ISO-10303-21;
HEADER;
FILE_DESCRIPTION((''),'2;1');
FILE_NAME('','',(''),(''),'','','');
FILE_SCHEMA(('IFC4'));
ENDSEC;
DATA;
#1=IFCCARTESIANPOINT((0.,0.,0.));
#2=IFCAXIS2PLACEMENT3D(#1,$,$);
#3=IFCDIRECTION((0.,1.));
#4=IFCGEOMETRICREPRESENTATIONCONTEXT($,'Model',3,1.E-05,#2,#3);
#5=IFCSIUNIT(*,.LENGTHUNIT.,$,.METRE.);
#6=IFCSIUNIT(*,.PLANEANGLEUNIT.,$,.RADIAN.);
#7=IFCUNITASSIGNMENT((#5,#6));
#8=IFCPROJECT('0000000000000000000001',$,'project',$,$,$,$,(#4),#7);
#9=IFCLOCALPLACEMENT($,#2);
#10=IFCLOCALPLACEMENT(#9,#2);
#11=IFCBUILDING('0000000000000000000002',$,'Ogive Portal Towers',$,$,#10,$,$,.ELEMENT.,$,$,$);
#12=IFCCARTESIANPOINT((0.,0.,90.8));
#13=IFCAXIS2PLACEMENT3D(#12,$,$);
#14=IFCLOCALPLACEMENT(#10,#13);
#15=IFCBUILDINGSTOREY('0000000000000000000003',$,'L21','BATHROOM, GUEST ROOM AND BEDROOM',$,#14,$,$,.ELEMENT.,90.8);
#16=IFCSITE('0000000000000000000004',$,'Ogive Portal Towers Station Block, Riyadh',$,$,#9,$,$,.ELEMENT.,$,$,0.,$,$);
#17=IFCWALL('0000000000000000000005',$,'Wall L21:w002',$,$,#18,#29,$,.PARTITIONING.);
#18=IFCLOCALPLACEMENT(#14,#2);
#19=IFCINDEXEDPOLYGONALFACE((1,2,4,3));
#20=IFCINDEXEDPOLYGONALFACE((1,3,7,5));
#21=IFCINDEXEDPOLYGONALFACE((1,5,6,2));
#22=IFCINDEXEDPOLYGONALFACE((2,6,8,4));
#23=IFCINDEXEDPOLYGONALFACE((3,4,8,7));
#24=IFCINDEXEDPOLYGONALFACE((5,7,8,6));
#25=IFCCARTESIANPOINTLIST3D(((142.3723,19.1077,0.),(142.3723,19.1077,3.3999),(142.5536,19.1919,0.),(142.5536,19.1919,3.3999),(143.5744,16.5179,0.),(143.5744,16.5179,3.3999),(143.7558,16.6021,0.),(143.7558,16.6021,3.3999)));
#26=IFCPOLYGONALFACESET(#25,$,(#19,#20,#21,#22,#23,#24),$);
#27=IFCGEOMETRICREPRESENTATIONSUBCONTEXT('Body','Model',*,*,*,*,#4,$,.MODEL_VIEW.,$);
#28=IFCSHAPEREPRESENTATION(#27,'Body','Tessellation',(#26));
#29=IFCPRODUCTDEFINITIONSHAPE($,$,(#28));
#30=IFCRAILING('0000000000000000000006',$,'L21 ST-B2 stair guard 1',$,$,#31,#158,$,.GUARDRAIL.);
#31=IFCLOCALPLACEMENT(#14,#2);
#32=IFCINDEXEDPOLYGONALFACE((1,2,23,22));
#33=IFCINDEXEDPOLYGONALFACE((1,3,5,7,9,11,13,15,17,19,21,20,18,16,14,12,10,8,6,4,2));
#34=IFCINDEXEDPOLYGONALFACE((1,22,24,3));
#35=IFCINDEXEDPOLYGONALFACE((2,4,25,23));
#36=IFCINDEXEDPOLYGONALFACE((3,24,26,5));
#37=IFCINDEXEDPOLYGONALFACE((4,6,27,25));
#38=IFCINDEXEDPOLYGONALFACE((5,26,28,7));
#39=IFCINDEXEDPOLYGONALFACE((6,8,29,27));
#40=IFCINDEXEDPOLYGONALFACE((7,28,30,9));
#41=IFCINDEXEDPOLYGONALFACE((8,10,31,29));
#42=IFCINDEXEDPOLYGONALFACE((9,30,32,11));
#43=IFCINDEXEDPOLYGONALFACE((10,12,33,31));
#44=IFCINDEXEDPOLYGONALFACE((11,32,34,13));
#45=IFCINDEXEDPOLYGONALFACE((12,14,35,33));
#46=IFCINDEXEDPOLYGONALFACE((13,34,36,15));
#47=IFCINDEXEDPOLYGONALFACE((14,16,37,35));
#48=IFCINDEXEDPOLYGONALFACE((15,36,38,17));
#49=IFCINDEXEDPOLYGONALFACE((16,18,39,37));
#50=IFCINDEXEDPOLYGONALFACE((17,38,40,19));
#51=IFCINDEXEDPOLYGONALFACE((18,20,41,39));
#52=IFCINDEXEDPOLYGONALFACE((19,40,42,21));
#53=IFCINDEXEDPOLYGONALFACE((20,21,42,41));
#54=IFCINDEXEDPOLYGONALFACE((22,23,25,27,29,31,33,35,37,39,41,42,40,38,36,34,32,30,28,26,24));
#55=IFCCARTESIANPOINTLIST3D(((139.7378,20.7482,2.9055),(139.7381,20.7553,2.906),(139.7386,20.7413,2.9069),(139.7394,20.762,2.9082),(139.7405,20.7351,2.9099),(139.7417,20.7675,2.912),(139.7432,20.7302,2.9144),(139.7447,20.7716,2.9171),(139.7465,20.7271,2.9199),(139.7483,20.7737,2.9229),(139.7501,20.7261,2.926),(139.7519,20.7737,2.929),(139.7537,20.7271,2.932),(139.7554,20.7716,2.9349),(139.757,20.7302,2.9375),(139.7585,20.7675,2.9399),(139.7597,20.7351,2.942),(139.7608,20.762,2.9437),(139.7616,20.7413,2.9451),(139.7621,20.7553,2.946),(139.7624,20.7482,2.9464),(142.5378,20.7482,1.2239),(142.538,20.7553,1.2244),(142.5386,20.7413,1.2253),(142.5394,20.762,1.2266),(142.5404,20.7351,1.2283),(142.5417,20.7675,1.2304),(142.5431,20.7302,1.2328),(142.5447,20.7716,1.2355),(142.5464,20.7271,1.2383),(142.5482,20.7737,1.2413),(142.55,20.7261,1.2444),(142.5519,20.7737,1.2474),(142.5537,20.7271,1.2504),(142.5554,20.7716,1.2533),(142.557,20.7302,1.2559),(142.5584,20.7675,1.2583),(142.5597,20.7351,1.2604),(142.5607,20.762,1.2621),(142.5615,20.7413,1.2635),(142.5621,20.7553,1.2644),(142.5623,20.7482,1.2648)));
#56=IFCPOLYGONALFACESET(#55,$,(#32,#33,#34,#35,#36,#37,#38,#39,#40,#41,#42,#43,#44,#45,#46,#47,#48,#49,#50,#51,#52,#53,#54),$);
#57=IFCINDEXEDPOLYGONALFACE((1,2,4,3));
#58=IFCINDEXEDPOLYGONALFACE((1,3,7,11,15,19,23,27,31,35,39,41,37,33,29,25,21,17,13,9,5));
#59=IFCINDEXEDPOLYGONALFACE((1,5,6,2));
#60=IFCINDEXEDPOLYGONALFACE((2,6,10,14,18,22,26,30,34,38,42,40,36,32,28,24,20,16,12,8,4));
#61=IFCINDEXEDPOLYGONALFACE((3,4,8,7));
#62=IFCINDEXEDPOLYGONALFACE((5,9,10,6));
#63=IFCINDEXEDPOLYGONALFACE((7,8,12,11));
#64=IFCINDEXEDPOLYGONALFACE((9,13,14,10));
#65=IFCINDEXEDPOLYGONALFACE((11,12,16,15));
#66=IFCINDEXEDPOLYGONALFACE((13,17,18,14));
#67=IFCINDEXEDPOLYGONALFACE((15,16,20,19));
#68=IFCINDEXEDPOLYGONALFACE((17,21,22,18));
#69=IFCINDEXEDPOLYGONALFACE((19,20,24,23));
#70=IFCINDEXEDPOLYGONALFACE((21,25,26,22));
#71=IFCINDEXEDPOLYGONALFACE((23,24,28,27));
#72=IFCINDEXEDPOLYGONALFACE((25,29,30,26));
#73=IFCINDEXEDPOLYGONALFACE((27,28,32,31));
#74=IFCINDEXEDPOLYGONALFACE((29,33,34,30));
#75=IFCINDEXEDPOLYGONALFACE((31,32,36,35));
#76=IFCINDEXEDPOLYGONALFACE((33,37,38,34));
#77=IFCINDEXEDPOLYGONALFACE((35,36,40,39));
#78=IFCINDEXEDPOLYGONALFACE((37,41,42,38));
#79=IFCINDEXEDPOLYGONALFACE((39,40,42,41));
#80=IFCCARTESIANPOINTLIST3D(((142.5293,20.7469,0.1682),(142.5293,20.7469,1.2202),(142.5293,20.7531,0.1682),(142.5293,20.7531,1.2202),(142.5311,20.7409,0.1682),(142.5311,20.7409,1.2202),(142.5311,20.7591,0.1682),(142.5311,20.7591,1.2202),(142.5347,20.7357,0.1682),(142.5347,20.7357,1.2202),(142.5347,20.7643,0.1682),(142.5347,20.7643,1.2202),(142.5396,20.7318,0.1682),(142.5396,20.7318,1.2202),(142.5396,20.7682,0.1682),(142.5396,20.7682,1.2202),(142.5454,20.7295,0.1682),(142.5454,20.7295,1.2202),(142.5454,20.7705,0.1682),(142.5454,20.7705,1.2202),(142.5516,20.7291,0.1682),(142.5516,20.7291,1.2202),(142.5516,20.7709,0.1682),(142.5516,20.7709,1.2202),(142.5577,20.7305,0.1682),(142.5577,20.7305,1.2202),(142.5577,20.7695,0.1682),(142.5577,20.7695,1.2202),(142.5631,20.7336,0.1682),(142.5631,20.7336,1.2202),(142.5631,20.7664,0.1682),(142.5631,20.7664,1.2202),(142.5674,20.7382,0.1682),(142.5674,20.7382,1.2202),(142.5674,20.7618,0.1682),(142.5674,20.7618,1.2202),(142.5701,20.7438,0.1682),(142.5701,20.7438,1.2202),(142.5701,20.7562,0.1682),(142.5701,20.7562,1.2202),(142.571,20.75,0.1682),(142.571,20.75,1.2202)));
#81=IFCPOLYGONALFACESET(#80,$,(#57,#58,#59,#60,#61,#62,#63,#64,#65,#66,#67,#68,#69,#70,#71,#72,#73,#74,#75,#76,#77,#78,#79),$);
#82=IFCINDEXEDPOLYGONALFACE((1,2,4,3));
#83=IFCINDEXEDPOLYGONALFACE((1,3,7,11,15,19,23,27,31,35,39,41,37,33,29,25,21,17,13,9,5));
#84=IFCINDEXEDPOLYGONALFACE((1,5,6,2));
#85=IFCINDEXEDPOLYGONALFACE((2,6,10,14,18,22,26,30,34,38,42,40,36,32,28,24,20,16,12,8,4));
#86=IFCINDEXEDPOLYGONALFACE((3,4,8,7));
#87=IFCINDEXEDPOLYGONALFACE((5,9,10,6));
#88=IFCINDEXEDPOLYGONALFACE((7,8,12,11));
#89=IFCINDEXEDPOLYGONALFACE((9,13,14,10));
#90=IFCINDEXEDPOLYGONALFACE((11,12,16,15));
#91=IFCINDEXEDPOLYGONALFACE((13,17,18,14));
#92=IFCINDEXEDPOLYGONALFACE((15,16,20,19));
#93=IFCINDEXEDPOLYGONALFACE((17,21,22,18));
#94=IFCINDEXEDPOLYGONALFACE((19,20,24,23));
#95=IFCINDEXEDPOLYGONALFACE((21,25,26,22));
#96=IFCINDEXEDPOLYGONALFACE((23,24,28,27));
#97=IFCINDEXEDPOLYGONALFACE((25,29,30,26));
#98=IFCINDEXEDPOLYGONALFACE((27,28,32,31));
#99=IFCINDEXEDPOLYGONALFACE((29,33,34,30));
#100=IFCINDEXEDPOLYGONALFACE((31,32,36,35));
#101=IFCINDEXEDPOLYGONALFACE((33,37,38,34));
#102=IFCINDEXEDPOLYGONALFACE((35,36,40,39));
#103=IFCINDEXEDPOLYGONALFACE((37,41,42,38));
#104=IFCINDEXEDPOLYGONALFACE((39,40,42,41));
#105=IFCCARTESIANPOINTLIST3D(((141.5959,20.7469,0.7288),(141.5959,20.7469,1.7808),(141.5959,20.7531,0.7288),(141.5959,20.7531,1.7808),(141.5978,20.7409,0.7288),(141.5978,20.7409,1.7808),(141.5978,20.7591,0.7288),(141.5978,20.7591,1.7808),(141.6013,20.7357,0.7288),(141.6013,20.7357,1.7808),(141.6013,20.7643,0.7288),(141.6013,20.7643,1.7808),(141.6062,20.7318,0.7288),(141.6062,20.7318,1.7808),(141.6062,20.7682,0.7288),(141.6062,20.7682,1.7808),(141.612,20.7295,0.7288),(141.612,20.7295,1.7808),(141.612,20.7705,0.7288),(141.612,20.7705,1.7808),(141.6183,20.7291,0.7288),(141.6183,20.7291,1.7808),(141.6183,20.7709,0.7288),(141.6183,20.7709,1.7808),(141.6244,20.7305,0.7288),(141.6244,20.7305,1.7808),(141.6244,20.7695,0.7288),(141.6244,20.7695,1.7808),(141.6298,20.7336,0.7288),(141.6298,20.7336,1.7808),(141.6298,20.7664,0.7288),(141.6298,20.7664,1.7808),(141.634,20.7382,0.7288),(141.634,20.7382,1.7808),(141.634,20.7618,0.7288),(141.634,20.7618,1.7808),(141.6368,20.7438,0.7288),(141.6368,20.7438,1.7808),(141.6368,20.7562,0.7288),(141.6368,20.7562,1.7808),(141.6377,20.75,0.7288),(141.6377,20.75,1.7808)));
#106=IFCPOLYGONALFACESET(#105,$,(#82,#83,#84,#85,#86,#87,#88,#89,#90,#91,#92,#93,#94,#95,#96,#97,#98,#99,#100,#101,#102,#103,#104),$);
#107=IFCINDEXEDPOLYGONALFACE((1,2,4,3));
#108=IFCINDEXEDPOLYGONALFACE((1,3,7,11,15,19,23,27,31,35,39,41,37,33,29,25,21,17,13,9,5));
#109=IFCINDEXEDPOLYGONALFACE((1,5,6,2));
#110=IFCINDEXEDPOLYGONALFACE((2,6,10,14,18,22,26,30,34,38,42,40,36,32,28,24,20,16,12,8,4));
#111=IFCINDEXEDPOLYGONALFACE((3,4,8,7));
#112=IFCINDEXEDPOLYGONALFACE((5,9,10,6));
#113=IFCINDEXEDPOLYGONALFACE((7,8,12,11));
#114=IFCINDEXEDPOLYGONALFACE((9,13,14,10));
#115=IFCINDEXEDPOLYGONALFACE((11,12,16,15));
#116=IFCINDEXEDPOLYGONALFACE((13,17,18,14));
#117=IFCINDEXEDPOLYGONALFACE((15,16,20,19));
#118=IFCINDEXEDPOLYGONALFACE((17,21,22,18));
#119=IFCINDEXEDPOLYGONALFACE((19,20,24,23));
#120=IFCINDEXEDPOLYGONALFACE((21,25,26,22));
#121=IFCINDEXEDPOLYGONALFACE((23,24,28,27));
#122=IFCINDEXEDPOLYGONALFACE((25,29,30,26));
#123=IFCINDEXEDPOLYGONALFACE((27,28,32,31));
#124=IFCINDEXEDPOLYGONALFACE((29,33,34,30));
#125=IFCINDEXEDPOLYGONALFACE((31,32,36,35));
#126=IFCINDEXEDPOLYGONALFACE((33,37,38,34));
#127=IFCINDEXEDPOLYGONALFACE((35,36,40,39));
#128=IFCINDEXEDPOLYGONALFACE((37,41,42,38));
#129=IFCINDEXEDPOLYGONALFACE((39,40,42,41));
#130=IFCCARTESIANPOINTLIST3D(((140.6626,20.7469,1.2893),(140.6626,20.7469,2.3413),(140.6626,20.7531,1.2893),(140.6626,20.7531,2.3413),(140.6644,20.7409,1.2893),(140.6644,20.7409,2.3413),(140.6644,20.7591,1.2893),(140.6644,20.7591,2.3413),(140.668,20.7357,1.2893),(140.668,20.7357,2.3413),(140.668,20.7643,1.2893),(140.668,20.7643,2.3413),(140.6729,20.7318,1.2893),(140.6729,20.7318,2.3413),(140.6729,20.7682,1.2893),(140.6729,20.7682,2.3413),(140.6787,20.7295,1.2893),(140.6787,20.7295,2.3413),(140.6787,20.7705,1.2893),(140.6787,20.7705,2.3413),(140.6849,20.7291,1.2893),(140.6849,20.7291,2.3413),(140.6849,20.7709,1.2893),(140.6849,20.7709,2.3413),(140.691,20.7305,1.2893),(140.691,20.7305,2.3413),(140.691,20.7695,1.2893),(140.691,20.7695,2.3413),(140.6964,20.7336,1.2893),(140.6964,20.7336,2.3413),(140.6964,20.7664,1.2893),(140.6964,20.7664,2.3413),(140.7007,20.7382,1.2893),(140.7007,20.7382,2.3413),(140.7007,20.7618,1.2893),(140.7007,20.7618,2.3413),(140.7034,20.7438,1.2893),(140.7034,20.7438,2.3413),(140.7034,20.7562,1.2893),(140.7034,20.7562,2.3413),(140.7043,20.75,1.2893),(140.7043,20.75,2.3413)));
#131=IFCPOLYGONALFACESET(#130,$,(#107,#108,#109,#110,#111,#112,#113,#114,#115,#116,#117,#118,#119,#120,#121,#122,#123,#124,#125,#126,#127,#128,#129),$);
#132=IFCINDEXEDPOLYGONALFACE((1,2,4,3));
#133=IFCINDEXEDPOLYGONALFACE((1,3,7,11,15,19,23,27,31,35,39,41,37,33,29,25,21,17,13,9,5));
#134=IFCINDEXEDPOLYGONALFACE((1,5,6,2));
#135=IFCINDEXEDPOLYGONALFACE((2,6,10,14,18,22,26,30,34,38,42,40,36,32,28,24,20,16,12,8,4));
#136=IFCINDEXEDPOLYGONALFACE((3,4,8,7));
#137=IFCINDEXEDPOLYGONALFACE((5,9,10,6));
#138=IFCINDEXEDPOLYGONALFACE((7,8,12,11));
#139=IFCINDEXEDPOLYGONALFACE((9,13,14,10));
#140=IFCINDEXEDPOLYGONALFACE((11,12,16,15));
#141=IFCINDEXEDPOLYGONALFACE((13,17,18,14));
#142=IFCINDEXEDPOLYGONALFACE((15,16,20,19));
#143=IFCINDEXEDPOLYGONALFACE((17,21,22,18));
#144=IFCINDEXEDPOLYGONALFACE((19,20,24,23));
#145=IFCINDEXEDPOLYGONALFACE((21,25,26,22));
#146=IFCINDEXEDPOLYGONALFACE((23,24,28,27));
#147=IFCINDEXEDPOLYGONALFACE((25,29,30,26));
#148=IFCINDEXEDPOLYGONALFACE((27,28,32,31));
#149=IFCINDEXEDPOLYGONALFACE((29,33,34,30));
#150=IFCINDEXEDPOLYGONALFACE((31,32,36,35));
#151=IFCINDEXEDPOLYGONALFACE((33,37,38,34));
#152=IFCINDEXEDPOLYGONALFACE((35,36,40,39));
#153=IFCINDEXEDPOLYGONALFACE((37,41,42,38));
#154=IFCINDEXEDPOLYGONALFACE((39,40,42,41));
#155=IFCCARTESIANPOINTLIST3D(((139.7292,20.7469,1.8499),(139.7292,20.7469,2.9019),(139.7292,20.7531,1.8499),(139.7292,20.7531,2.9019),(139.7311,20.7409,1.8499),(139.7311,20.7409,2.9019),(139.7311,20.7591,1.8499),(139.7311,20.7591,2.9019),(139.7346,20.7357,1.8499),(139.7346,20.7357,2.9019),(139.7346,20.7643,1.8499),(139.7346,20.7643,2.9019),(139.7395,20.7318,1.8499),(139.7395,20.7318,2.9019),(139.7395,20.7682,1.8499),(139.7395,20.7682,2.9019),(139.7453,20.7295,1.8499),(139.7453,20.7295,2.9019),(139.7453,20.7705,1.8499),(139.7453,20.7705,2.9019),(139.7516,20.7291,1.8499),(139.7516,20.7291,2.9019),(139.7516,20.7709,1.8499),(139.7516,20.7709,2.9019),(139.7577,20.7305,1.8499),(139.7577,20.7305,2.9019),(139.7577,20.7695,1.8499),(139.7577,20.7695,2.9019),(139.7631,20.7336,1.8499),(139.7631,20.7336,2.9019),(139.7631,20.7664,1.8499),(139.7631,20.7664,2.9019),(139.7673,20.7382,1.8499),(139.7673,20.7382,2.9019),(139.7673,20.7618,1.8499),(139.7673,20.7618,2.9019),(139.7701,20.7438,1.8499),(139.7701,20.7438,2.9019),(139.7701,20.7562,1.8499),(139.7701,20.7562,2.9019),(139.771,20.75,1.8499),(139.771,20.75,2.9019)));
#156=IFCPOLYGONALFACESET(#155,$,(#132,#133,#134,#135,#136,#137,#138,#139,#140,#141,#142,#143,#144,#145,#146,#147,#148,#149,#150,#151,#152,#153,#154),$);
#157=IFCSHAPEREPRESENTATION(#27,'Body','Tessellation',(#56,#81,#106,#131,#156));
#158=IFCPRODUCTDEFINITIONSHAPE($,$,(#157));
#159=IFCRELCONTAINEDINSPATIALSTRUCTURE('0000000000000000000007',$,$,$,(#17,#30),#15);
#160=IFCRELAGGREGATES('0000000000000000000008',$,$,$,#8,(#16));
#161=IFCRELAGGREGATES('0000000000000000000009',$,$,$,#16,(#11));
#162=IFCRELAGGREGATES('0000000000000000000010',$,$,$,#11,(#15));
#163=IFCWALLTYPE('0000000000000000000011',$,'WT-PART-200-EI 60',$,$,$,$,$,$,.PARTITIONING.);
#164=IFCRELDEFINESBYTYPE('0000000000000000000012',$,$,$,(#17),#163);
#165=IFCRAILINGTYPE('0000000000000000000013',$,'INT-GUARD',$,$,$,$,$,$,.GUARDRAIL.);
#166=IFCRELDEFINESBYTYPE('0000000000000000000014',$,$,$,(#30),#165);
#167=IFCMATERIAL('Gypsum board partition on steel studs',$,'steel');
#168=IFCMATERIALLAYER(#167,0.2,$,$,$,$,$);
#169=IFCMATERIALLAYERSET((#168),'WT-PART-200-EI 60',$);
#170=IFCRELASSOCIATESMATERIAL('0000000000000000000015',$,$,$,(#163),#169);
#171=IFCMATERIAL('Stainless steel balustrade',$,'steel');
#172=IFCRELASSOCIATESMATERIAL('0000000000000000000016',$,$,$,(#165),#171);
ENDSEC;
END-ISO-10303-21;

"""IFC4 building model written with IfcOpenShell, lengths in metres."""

from ifc_helpers import new_model, si_unit, direction, frame, frame_2d, origin, origin_2d, place, context, subcontext, project, spatial, rectangle, circle, extrude, material, layer, layer_set, type_object, element, save


model = new_model("IFC4")

# Units and contexts
model_context = context("Model", 3, precision=1e-05, world=origin(), true_north=direction((0.0, 1.0)))
body_context = subcontext(model_context, "Body", "Model", "MODEL_VIEW")
ifc_project = project(units=[si_unit("LENGTHUNIT", "METRE"), si_unit("PLANEANGLEUNIT", "RADIAN")], contexts=[model_context])

# Site, building, storey
site_placement = place(None, origin())
site = spatial("IfcSite", under=ifc_project, at=site_placement, Name="Ogive Portal Towers Station Block, Riyadh", CompositionType="ELEMENT", RefElevation=0.0)
building_placement = place(site_placement, origin())
building = spatial("IfcBuilding", under=site, at=building_placement, Name="Ogive Portal Towers", CompositionType="ELEMENT")
storey_placement = place(building_placement, frame((0.0, 0.0, 90.8)))
storey = spatial("IfcBuildingStorey", under=building, at=storey_placement, Name="L21", Description="BATHROOM, GUEST ROOM AND BEDROOM", CompositionType="ELEMENT", Elevation=90.8)

# Wall
ifc_material_1 = material(Name="Gypsum board partition on steel studs", Category="steel")
ifc_layer_1 = layer(ifc_material_1, 0.2)
ifc_layer_set_1 = layer_set([ifc_layer_1], Name="WT-PART-200-EI 60")
wall_type_1 = type_object("IfcWallType", Name="WT-PART-200-EI 60", PredefinedType="PARTITIONING", material=ifc_layer_set_1)
wall_1_placement = place(storey_placement, frame((142.4629, 19.1499, 0.0), z_axis=(0.0, 0.0, 1.0), x_axis=(0.421031, -0.907046, 0.0)))
element("IfcWall", 1, at=wall_1_placement, inside=storey, type_object=wall_type_1, Name="Wall L21:w002", PredefinedType="PARTITIONING", context=body_context, shape_type="SweptSolid", body=[
    extrude(rectangle(XDim=2.8552, YDim=0.2, at=frame_2d((1.4277, 0.0))), origin(), (0.0, 0.0, 1.0), 3.3999),
])

# Railing
ifc_material_2 = material(Name="Stainless steel balustrade", Category="steel")
railing_type_1 = type_object("IfcRailingType", Name="INT-GUARD", PredefinedType="GUARDRAIL", material=ifc_material_2)
railing_1_placement = place(storey_placement, frame((142.55, 20.75, 0.1682)))
element("IfcRailing", 2, at=railing_1_placement, inside=storey, type_object=railing_type_1, Name="L21 ST-B2 stair guard 1", PredefinedType="GUARDRAIL", context=body_context, shape_type="SweptSolid", body=[
    extrude(circle(Radius=0.0239, at=origin_2d()), frame((0.0, 0.0, 1.0762), z_axis=(-0.857275, 0.0, 0.514858), x_axis=(0.0, -1.0, 0.0)), (0.0, 0.0, 1.0), 3.2661),
    extrude(circle(Radius=0.021, at=origin_2d()), origin(), (0.0, 0.0, 1.0), 1.052),
    extrude(circle(Radius=0.021, at=origin_2d()), frame((-0.9333, 0.0, 0.5605)), (0.0, 0.0, 1.0), 1.052),
    extrude(circle(Radius=0.021, at=origin_2d()), frame((-1.8667, 0.0, 1.1211)), (0.0, 0.0, 1.0), 1.052),
    extrude(circle(Radius=0.021, at=origin_2d()), frame((-2.8, 0.0, 1.6816)), (0.0, 0.0, 1.0), 1.052),
])

save(model, "model.ifc")
